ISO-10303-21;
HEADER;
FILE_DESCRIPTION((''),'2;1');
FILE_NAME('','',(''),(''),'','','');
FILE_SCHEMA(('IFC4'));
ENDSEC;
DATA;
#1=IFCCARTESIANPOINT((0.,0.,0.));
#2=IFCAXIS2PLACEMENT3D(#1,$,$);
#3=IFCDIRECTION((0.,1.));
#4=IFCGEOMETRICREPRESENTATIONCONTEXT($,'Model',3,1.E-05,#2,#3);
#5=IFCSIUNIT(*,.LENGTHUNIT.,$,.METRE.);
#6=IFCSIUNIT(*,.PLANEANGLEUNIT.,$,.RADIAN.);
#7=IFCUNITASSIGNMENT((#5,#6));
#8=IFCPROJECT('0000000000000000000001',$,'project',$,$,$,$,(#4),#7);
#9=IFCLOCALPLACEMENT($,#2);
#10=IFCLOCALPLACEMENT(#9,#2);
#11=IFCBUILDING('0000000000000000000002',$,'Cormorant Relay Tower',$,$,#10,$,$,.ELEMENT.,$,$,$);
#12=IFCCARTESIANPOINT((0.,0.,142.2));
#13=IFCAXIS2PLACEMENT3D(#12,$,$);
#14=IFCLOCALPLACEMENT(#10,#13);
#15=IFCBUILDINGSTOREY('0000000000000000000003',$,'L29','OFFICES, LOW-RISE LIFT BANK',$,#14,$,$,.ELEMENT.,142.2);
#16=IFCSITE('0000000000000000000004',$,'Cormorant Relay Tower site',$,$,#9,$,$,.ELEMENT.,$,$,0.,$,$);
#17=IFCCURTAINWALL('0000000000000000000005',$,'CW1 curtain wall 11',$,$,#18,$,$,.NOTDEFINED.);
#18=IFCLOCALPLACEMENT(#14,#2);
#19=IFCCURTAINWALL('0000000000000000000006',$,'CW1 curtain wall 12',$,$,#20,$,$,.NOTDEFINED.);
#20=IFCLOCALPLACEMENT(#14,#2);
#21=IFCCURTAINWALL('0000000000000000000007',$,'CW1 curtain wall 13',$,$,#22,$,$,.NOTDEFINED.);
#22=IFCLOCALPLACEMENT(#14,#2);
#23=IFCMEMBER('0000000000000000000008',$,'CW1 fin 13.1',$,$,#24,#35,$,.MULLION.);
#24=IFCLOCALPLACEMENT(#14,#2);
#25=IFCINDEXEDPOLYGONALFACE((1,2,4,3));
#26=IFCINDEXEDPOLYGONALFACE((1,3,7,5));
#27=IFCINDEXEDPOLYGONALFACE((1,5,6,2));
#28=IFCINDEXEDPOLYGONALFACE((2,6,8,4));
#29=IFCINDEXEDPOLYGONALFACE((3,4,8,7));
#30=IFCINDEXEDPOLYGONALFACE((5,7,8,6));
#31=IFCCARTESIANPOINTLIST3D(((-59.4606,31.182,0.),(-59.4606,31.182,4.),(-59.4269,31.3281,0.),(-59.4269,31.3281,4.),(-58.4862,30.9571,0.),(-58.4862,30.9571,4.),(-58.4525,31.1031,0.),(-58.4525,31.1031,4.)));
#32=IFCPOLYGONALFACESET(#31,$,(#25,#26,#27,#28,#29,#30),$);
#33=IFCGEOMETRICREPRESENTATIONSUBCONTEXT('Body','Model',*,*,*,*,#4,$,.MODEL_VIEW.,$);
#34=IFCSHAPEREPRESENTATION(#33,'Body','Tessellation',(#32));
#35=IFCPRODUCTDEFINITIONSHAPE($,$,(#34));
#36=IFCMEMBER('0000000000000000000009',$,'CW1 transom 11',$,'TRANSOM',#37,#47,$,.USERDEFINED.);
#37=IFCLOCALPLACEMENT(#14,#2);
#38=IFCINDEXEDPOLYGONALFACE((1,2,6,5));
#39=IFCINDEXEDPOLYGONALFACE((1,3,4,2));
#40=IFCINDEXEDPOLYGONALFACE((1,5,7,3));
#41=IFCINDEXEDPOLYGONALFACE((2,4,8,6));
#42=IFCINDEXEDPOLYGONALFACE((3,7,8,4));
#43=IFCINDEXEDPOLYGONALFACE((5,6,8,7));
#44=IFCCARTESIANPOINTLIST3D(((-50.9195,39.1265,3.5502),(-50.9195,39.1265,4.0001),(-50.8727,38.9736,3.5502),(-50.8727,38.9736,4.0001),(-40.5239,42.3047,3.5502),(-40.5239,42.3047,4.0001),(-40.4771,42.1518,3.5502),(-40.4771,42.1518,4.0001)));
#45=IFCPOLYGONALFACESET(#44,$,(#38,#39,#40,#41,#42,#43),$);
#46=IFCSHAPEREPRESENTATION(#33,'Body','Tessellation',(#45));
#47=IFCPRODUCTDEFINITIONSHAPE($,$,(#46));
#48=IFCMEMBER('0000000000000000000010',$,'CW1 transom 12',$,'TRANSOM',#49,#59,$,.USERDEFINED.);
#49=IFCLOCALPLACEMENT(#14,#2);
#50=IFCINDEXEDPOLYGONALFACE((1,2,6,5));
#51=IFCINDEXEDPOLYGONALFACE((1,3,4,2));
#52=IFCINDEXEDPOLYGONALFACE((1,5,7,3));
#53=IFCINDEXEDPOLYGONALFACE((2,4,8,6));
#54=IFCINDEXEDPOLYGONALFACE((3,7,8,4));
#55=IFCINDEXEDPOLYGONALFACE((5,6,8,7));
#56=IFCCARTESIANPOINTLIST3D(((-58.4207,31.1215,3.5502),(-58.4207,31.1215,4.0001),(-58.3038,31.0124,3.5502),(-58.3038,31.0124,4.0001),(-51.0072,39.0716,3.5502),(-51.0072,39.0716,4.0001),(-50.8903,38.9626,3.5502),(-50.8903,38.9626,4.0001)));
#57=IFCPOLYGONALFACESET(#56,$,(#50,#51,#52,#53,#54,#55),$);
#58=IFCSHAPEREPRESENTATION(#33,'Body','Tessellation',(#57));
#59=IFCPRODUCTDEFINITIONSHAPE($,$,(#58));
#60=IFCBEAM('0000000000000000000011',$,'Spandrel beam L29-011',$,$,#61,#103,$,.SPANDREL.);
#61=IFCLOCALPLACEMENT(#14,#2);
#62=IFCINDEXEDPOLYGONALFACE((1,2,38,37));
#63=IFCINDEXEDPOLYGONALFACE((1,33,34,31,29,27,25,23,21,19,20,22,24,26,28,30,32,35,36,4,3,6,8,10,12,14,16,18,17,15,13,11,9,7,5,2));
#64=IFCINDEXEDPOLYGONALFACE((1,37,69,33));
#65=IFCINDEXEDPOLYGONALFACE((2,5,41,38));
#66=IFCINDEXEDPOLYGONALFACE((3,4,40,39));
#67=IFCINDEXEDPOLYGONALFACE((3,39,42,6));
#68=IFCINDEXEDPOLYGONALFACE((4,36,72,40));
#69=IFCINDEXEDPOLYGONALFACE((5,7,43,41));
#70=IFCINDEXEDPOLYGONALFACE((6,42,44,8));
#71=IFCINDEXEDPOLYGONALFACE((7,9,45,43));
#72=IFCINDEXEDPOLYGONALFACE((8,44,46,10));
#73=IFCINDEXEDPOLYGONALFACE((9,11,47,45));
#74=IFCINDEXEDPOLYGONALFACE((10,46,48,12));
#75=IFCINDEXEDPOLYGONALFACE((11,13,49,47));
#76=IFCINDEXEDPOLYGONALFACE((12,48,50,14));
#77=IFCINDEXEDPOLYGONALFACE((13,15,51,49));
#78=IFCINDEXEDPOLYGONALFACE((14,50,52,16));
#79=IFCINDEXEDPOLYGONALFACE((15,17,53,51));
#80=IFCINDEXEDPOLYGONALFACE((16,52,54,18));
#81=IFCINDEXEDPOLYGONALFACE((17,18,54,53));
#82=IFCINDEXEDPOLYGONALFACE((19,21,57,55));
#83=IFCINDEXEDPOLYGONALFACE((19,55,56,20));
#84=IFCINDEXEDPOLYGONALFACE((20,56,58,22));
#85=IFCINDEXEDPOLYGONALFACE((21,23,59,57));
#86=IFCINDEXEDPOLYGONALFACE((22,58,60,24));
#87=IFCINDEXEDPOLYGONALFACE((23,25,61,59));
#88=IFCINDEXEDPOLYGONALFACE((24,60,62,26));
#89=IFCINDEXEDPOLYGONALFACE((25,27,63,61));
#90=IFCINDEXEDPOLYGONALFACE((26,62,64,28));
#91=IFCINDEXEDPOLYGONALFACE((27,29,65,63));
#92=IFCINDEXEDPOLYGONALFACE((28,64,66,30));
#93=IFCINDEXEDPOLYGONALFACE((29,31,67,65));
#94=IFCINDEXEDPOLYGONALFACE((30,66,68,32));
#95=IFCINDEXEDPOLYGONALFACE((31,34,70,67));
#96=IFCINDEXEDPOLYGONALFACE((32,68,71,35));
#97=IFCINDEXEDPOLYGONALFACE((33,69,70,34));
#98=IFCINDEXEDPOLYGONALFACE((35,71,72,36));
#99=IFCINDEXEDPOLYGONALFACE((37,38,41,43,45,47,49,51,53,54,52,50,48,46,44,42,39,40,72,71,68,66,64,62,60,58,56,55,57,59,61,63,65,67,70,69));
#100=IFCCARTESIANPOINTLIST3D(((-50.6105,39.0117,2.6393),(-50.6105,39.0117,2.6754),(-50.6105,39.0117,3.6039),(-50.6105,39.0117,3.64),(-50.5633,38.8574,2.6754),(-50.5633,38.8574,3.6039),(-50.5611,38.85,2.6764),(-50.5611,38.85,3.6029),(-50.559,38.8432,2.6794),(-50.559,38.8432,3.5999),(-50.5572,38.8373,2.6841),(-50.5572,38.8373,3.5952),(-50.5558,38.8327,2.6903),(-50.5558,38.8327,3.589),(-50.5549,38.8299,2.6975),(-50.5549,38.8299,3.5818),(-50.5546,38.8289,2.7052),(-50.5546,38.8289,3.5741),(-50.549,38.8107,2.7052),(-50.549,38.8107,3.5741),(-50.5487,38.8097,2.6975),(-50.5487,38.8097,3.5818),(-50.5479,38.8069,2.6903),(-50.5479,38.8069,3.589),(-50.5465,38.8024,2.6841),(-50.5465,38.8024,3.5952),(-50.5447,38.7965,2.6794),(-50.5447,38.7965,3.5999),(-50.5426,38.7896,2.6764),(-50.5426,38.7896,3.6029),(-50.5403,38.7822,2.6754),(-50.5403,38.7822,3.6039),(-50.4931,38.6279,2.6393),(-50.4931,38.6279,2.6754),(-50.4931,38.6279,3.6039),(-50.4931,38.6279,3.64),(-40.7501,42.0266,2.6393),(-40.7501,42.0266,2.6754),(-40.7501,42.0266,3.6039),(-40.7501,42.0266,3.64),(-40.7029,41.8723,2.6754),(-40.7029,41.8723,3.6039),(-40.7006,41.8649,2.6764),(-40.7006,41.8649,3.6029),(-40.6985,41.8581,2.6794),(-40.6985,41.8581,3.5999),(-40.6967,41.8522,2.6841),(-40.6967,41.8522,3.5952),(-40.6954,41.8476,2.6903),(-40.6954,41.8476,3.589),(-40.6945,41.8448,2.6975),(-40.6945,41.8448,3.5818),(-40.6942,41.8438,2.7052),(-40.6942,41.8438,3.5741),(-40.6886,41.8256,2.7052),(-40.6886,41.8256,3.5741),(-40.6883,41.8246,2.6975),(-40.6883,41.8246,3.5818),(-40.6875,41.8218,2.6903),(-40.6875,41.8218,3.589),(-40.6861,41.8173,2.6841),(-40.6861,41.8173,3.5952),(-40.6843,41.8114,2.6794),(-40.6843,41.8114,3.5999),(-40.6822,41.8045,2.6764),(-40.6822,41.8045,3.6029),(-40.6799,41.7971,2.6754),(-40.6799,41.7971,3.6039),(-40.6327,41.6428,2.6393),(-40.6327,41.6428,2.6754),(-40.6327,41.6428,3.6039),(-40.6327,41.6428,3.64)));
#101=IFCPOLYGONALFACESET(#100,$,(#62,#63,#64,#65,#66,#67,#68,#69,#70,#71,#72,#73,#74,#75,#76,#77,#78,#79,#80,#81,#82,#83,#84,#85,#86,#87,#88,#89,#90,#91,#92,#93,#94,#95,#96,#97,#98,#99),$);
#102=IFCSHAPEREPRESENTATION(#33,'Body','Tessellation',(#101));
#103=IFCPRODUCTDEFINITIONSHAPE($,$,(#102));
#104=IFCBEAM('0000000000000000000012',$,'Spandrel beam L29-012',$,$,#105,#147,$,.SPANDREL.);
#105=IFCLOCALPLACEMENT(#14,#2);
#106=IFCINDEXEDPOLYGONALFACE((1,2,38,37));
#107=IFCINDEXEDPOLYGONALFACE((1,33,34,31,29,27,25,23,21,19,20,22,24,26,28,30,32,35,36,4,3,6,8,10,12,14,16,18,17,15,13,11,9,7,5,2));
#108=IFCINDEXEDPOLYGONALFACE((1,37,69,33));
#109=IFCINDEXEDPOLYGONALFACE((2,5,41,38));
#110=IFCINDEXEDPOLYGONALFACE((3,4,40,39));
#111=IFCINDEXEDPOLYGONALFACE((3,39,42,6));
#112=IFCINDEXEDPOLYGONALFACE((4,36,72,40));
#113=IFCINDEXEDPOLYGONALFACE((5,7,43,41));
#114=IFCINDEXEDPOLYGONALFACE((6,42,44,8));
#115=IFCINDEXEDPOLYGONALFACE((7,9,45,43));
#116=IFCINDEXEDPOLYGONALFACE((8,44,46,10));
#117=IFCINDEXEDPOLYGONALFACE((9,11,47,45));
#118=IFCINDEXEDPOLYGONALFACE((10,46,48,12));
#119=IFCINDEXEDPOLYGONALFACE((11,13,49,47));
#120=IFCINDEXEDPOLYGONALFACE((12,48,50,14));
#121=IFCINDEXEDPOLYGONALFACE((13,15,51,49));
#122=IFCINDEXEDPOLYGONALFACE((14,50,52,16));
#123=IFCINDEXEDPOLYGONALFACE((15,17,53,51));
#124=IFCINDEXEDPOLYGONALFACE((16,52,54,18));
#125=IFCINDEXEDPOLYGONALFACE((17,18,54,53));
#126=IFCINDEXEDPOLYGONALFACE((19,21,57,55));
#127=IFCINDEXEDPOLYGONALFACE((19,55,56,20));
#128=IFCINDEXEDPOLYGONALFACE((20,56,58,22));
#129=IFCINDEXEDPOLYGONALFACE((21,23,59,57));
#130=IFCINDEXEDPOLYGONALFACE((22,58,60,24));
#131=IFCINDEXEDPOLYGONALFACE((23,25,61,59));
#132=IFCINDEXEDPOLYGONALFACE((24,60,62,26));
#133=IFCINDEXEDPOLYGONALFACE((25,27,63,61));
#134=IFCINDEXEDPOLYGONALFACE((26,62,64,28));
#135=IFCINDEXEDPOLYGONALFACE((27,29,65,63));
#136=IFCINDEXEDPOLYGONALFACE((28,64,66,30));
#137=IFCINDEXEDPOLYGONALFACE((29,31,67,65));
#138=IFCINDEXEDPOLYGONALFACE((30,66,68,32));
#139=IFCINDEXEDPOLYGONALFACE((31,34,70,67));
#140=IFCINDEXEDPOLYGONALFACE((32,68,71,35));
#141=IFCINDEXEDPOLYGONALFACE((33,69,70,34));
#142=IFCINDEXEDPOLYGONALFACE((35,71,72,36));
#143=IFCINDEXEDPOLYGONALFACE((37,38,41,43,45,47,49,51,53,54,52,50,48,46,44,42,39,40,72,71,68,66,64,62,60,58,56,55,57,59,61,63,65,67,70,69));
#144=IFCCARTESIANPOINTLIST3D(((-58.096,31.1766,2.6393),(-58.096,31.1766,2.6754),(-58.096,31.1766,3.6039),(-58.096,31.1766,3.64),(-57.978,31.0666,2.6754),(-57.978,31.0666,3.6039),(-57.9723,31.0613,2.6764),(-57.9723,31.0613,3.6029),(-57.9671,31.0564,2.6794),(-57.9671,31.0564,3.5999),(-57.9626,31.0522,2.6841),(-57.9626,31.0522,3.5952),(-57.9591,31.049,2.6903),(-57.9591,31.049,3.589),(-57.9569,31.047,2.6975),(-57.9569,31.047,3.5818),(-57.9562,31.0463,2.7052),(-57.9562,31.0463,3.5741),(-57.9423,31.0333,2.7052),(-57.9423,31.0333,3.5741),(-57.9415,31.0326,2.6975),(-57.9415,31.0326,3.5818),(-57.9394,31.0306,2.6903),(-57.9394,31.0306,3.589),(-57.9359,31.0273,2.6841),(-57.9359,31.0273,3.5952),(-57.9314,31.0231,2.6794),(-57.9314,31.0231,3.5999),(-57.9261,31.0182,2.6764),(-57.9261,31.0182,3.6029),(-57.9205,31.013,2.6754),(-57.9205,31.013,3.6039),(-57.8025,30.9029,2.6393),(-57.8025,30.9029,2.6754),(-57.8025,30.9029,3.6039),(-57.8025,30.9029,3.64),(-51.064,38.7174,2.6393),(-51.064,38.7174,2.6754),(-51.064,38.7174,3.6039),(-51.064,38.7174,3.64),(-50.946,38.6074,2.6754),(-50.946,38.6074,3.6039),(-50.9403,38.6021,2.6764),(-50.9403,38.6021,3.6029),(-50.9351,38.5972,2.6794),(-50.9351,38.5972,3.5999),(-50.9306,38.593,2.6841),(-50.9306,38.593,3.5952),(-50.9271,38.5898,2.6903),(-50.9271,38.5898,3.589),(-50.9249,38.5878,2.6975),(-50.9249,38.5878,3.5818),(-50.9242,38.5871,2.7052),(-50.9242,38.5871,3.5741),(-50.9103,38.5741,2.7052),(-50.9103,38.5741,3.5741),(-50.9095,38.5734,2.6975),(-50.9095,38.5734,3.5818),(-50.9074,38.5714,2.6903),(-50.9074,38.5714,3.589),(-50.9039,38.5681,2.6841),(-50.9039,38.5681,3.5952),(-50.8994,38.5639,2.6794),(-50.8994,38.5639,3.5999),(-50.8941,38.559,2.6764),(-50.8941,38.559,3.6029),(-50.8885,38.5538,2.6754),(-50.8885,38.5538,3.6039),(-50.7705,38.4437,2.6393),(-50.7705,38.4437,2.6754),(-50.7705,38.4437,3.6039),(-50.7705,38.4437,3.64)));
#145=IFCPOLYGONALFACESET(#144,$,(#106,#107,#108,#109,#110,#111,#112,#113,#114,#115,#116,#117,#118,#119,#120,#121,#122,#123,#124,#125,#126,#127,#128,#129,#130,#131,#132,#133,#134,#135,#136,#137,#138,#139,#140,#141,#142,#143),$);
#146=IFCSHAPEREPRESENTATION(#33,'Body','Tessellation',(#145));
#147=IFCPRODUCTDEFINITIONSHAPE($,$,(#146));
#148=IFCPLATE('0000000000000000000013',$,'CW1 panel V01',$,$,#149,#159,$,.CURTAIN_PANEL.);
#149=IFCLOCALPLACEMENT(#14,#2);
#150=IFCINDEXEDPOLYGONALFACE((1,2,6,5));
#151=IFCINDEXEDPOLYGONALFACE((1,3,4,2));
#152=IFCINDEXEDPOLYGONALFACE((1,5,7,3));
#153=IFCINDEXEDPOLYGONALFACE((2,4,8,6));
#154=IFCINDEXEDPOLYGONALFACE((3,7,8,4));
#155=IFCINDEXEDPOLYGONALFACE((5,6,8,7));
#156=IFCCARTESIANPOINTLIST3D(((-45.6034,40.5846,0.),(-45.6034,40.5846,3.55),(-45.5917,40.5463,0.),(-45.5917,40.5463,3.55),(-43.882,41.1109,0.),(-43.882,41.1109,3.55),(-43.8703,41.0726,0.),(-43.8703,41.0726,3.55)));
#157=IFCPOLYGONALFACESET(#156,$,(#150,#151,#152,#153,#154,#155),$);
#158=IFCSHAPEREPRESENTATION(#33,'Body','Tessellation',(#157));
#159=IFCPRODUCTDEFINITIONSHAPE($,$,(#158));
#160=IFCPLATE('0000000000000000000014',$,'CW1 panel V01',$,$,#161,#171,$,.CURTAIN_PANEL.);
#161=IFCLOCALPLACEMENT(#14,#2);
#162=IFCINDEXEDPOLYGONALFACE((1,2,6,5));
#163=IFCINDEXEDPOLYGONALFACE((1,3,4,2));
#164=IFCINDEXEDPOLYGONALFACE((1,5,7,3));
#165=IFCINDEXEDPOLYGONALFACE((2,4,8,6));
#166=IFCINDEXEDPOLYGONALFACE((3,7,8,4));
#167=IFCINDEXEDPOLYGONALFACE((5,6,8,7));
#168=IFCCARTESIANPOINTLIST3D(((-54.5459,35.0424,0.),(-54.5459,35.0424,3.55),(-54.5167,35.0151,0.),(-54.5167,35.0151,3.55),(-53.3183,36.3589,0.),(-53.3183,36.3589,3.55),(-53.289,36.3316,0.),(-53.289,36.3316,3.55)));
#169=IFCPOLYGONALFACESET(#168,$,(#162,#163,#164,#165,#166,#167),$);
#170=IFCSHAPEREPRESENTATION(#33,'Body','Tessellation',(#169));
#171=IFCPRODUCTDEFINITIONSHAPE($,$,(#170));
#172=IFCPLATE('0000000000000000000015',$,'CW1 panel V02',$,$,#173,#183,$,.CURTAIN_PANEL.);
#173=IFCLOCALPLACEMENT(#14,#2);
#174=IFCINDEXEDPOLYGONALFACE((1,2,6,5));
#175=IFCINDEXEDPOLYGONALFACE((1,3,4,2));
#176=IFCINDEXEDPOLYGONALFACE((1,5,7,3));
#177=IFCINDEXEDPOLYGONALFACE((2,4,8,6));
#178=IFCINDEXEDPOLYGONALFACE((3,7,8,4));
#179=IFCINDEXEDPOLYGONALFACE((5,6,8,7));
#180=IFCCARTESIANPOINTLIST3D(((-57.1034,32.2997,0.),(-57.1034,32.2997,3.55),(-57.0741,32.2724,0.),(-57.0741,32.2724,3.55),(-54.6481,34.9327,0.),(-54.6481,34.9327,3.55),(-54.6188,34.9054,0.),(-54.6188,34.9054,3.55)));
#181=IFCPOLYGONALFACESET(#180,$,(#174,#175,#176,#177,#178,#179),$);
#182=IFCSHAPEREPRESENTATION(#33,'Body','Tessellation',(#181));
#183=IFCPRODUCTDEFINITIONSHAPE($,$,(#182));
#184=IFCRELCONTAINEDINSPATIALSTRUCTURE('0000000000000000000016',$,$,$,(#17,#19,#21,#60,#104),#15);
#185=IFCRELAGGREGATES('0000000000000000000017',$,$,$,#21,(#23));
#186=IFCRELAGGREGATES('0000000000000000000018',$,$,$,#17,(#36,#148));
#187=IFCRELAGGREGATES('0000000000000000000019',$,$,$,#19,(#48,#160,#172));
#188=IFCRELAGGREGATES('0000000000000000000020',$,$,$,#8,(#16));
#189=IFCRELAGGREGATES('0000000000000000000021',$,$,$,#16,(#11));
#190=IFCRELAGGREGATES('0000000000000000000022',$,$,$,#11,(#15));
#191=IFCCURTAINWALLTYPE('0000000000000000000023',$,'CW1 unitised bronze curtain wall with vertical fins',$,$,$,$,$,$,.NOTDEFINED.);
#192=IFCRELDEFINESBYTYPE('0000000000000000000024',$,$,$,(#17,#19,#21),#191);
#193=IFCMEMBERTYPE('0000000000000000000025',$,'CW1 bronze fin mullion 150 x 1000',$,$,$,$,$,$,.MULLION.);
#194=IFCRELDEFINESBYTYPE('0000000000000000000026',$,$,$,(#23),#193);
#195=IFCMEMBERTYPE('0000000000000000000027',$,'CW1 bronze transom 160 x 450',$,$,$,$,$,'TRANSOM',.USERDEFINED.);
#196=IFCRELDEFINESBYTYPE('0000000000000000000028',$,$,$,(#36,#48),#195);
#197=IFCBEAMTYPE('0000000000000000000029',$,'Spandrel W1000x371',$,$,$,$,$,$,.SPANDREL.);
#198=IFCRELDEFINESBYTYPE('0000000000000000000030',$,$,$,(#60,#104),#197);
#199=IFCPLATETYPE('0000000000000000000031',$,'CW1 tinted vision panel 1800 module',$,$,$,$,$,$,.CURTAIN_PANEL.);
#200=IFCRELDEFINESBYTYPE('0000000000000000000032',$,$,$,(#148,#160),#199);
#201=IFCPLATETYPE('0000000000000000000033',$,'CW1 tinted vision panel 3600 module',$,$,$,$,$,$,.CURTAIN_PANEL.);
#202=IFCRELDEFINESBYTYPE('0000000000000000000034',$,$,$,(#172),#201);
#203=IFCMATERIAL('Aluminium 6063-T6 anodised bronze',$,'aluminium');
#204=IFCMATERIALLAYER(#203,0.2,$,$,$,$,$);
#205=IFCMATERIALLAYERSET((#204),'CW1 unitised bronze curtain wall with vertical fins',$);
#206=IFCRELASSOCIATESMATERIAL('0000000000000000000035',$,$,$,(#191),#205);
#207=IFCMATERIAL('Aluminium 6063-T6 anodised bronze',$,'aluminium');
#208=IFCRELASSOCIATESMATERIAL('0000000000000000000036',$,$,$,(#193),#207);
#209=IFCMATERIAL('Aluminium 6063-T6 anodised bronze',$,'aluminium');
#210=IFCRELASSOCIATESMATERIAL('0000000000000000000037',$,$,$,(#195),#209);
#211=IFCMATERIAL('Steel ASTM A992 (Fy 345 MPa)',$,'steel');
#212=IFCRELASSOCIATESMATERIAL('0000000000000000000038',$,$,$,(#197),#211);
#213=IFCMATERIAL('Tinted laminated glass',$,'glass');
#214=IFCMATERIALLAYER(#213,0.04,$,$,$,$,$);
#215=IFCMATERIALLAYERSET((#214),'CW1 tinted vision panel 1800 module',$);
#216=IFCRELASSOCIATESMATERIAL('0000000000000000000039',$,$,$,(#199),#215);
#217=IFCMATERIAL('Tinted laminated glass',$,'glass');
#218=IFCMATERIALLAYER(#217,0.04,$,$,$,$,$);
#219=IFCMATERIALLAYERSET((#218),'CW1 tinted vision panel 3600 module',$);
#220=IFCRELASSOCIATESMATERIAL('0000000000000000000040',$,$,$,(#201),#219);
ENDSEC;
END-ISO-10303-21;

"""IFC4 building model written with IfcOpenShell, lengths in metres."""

from ifc_helpers import new_model, si_unit, direction, frame, origin, origin_2d, place, context, subcontext, project, spatial, rectangle, i_section, extrude, material, layer, layer_set, material_profile, profile_set, type_object, element, aggregate, save


model = new_model("IFC4")

# Units and contexts
model_context = context("Model", 3, precision=1e-05, world=origin(), true_north=direction((0.0, 1.0)))
body_context = subcontext(model_context, "Body", "Model", "MODEL_VIEW")
ifc_project = project(units=[si_unit("LENGTHUNIT", "METRE"), si_unit("PLANEANGLEUNIT", "RADIAN")], contexts=[model_context])

# Site, building, storey
site_placement = place(None, origin())
site = spatial("IfcSite", under=ifc_project, at=site_placement, Name="Cormorant Relay Tower site", CompositionType="ELEMENT", RefElevation=0.0)
building_placement = place(site_placement, origin())
building = spatial("IfcBuilding", under=site, at=building_placement, Name="Cormorant Relay Tower", CompositionType="ELEMENT")
storey_placement = place(building_placement, frame((0.0, 0.0, 142.2)))
storey = spatial("IfcBuildingStorey", under=building, at=storey_placement, Name="L29", Description="OFFICES, LOW-RISE LIFT BANK", CompositionType="ELEMENT", Elevation=142.2)

# Curtain walls
ifc_material_1 = material(Name="Aluminium 6063-T6 anodised bronze", Category="aluminium")
ifc_layer_1 = layer(ifc_material_1, 0.2)
ifc_layer_set_1 = layer_set([ifc_layer_1], Name="CW1 unitised bronze curtain wall with vertical fins")
curtain_wall_type = type_object("IfcCurtainWallType", Name="CW1 unitised bronze curtain wall with vertical fins", PredefinedType="NOTDEFINED", material=ifc_layer_set_1)
curtain_wall_1_placement = place(storey_placement, origin())
curtain_wall_1 = element("IfcCurtainWall", 1, at=curtain_wall_1_placement, inside=storey, type_object=curtain_wall_type, Name="CW1 curtain wall 11", PredefinedType="NOTDEFINED")
ifc_material_2 = material(Name="Aluminium 6063-T6 anodised bronze", Category="aluminium")
ifc_material_profile_1 = material_profile(ifc_material_2, rectangle(XDim=0.1499, YDim=1.0, at=origin_2d()), Name="AL 150x1000")
ifc_profile_set_1 = profile_set([ifc_material_profile_1], Name="Aluminium 6063-T6 anodised bronze")
member_type_1 = type_object("IfcMemberType", Name="CW1 bronze fin mullion 150 x 1000", PredefinedType="MULLION", material=ifc_profile_set_1)
curtain_wall_2_placement = place(storey_placement, origin())
curtain_wall_2 = element("IfcCurtainWall", 2, at=curtain_wall_2_placement, inside=storey, type_object=curtain_wall_type, Name="CW1 curtain wall 12", PredefinedType="NOTDEFINED")

# Curtain wall, member
curtain_wall_3_placement = place(storey_placement, origin())
curtain_wall_3 = element("IfcCurtainWall", 3, at=curtain_wall_3_placement, inside=storey, type_object=curtain_wall_type, Name="CW1 curtain wall 13", PredefinedType="NOTDEFINED")
member_1_placement = place(storey_placement, frame((-58.9565, 31.1426, 0.0), z_axis=(0.0, 0.0, 1.0), x_axis=(-0.224951, -0.97437, 0.0)))
member_1 = element("IfcMember", 4, at=member_1_placement, type_object=member_type_1, Name="CW1 fin 13.1", PredefinedType="MULLION", context=body_context, shape_type="SweptSolid", body=[
    extrude(rectangle(XDim=0.1499, YDim=1.0, at=origin_2d()), origin(), (0.0, 0.0, 1.0), 4.0),
])
aggregate(curtain_wall_3, [member_1])

# Members
ifc_material_3 = material(Name="Aluminium 6063-T6 anodised bronze", Category="aluminium")
ifc_material_profile_2 = material_profile(ifc_material_3, rectangle(XDim=0.1599, YDim=0.45, at=origin_2d()), Name="AL 160x450")
ifc_profile_set_2 = profile_set([ifc_material_profile_2], Name="Aluminium 6063-T6 anodised bronze")
member_type_2 = type_object("IfcMemberType", Name="CW1 bronze transom 160 x 450", ElementType="TRANSOM", PredefinedType="USERDEFINED", material=ifc_profile_set_2)
member_2_placement = place(storey_placement, frame((-40.5005, 42.2283, 3.7751), z_axis=(-0.956305, -0.292371, 0.0), x_axis=(0.292371, -0.956305, 0.0)))
member_2 = element("IfcMember", 5, at=member_2_placement, type_object=member_type_2, Name="CW1 transom 11", ObjectType="TRANSOM", PredefinedType="USERDEFINED", context=body_context, shape_type="SweptSolid", body=[
    extrude(rectangle(XDim=0.1599, YDim=0.45, at=origin_2d()), origin(), (0.0, 0.0, 1.0), 10.8706),
])
member_3_placement = place(storey_placement, frame((-50.9487, 39.0171, 3.7751), z_axis=(-0.681993, -0.731358, 0.0), x_axis=(0.731358, -0.681993, 0.0)))
member_3 = element("IfcMember", 6, at=member_3_placement, type_object=member_type_2, Name="CW1 transom 12", ObjectType="TRANSOM", PredefinedType="USERDEFINED", context=body_context, shape_type="SweptSolid", body=[
    extrude(rectangle(XDim=0.1599, YDim=0.45, at=origin_2d()), origin(), (0.0, 0.0, 1.0), 10.8704),
])

# Beams
ifc_material_4 = material(Name="Steel ASTM A992 (Fy 345 MPa)", Category="steel")
ifc_material_profile_3 = material_profile(ifc_material_4, i_section(OverallWidth=0.4014, OverallDepth=1.0007, WebThickness=0.019, FlangeThickness=0.0361, FilletRadius=0.0298, at=origin_2d()), Name="W1000x371")
ifc_profile_set_3 = profile_set([ifc_material_profile_3], Name="Steel ASTM A992 (Fy 345 MPa)")
beam_type = type_object("IfcBeamType", Name="Spandrel W1000x371", PredefinedType="SPANDREL", material=ifc_profile_set_3)
beam_1_placement = place(storey_placement, frame((-40.6914, 41.8347, 3.1396), z_axis=(-0.956297, -0.292397, 0.0), x_axis=(0.292397, -0.956297, 0.0)))
element("IfcBeam", 7, at=beam_1_placement, inside=storey, type_object=beam_type, Name="Spandrel beam L29-011", PredefinedType="SPANDREL", context=body_context, shape_type="SweptSolid", body=[
    extrude(i_section(OverallWidth=0.4014, OverallDepth=1.0007, WebThickness=0.019, FlangeThickness=0.0361, FilletRadius=0.0298, at=origin_2d()), origin(), (0.0, 0.0, 1.0), 10.311),
])
beam_2_placement = place(storey_placement, frame((-50.9172, 38.5806, 3.1396), z_axis=(-0.682004, -0.731349, 0.0), x_axis=(0.731349, -0.682004, 0.0)))
element("IfcBeam", 8, at=beam_2_placement, inside=storey, type_object=beam_type, Name="Spandrel beam L29-012", PredefinedType="SPANDREL", context=body_context, shape_type="SweptSolid", body=[
    extrude(i_section(OverallWidth=0.4014, OverallDepth=1.0007, WebThickness=0.019, FlangeThickness=0.0361, FilletRadius=0.0298, at=origin_2d()), origin(), (0.0, 0.0, 1.0), 10.3108),
])

# Plates
ifc_material_5 = material(Name="Tinted laminated glass", Category="glass")
ifc_layer_2 = layer(ifc_material_5, 0.04)
ifc_layer_set_2 = layer_set([ifc_layer_2], Name="CW1 tinted vision panel 1800 module")
plate_type_1 = type_object("IfcPlateType", Name="CW1 tinted vision panel 1800 module", PredefinedType="CURTAIN_PANEL", material=ifc_layer_set_2)
plate_1_placement = place(storey_placement, frame((-44.7368, 40.8286, 0.0), z_axis=(0.0, 0.0, 1.0), x_axis=(-0.956305, -0.292372, 0.0)))
plate_1 = element("IfcPlate", 9, at=plate_1_placement, type_object=plate_type_1, Name="CW1 panel V01", PredefinedType="CURTAIN_PANEL", context=body_context, shape_type="SweptSolid", body=[
    extrude(rectangle(XDim=1.8, YDim=0.04, at=origin_2d()), origin(), (0.0, 0.0, 1.0), 3.55),
])
plate_2_placement = place(storey_placement, frame((-53.9175, 35.687, 0.0), z_axis=(0.0, 0.0, 1.0), x_axis=(-0.681998, -0.731354, 0.0)))
plate_2 = element("IfcPlate", 10, at=plate_2_placement, type_object=plate_type_1, Name="CW1 panel V01", PredefinedType="CURTAIN_PANEL", context=body_context, shape_type="SweptSolid", body=[
    extrude(rectangle(XDim=1.8, YDim=0.04, at=origin_2d()), origin(), (0.0, 0.0, 1.0), 3.55),
])
ifc_material_6 = material(Name="Tinted laminated glass", Category="glass")
ifc_layer_3 = layer(ifc_material_6, 0.04)
ifc_layer_set_3 = layer_set([ifc_layer_3], Name="CW1 tinted vision panel 3600 module")
plate_type_2 = type_object("IfcPlateType", Name="CW1 tinted vision panel 3600 module", PredefinedType="CURTAIN_PANEL", material=ifc_layer_set_3)
plate_3_placement = place(storey_placement, frame((-55.8611, 33.6025, 0.0), z_axis=(0.0, 0.0, 1.0), x_axis=(-0.681998, -0.731354, 0.0)))
plate_3 = element("IfcPlate", 11, at=plate_3_placement, type_object=plate_type_2, Name="CW1 panel V02", PredefinedType="CURTAIN_PANEL", context=body_context, shape_type="SweptSolid", body=[
    extrude(rectangle(XDim=3.6001, YDim=0.04, at=origin_2d()), origin(), (0.0, 0.0, 1.0), 3.55),
])

aggregate(curtain_wall_1, [member_2, plate_1])
aggregate(curtain_wall_2, [member_3, plate_2, plate_3])

save(model, "model.ifc")
